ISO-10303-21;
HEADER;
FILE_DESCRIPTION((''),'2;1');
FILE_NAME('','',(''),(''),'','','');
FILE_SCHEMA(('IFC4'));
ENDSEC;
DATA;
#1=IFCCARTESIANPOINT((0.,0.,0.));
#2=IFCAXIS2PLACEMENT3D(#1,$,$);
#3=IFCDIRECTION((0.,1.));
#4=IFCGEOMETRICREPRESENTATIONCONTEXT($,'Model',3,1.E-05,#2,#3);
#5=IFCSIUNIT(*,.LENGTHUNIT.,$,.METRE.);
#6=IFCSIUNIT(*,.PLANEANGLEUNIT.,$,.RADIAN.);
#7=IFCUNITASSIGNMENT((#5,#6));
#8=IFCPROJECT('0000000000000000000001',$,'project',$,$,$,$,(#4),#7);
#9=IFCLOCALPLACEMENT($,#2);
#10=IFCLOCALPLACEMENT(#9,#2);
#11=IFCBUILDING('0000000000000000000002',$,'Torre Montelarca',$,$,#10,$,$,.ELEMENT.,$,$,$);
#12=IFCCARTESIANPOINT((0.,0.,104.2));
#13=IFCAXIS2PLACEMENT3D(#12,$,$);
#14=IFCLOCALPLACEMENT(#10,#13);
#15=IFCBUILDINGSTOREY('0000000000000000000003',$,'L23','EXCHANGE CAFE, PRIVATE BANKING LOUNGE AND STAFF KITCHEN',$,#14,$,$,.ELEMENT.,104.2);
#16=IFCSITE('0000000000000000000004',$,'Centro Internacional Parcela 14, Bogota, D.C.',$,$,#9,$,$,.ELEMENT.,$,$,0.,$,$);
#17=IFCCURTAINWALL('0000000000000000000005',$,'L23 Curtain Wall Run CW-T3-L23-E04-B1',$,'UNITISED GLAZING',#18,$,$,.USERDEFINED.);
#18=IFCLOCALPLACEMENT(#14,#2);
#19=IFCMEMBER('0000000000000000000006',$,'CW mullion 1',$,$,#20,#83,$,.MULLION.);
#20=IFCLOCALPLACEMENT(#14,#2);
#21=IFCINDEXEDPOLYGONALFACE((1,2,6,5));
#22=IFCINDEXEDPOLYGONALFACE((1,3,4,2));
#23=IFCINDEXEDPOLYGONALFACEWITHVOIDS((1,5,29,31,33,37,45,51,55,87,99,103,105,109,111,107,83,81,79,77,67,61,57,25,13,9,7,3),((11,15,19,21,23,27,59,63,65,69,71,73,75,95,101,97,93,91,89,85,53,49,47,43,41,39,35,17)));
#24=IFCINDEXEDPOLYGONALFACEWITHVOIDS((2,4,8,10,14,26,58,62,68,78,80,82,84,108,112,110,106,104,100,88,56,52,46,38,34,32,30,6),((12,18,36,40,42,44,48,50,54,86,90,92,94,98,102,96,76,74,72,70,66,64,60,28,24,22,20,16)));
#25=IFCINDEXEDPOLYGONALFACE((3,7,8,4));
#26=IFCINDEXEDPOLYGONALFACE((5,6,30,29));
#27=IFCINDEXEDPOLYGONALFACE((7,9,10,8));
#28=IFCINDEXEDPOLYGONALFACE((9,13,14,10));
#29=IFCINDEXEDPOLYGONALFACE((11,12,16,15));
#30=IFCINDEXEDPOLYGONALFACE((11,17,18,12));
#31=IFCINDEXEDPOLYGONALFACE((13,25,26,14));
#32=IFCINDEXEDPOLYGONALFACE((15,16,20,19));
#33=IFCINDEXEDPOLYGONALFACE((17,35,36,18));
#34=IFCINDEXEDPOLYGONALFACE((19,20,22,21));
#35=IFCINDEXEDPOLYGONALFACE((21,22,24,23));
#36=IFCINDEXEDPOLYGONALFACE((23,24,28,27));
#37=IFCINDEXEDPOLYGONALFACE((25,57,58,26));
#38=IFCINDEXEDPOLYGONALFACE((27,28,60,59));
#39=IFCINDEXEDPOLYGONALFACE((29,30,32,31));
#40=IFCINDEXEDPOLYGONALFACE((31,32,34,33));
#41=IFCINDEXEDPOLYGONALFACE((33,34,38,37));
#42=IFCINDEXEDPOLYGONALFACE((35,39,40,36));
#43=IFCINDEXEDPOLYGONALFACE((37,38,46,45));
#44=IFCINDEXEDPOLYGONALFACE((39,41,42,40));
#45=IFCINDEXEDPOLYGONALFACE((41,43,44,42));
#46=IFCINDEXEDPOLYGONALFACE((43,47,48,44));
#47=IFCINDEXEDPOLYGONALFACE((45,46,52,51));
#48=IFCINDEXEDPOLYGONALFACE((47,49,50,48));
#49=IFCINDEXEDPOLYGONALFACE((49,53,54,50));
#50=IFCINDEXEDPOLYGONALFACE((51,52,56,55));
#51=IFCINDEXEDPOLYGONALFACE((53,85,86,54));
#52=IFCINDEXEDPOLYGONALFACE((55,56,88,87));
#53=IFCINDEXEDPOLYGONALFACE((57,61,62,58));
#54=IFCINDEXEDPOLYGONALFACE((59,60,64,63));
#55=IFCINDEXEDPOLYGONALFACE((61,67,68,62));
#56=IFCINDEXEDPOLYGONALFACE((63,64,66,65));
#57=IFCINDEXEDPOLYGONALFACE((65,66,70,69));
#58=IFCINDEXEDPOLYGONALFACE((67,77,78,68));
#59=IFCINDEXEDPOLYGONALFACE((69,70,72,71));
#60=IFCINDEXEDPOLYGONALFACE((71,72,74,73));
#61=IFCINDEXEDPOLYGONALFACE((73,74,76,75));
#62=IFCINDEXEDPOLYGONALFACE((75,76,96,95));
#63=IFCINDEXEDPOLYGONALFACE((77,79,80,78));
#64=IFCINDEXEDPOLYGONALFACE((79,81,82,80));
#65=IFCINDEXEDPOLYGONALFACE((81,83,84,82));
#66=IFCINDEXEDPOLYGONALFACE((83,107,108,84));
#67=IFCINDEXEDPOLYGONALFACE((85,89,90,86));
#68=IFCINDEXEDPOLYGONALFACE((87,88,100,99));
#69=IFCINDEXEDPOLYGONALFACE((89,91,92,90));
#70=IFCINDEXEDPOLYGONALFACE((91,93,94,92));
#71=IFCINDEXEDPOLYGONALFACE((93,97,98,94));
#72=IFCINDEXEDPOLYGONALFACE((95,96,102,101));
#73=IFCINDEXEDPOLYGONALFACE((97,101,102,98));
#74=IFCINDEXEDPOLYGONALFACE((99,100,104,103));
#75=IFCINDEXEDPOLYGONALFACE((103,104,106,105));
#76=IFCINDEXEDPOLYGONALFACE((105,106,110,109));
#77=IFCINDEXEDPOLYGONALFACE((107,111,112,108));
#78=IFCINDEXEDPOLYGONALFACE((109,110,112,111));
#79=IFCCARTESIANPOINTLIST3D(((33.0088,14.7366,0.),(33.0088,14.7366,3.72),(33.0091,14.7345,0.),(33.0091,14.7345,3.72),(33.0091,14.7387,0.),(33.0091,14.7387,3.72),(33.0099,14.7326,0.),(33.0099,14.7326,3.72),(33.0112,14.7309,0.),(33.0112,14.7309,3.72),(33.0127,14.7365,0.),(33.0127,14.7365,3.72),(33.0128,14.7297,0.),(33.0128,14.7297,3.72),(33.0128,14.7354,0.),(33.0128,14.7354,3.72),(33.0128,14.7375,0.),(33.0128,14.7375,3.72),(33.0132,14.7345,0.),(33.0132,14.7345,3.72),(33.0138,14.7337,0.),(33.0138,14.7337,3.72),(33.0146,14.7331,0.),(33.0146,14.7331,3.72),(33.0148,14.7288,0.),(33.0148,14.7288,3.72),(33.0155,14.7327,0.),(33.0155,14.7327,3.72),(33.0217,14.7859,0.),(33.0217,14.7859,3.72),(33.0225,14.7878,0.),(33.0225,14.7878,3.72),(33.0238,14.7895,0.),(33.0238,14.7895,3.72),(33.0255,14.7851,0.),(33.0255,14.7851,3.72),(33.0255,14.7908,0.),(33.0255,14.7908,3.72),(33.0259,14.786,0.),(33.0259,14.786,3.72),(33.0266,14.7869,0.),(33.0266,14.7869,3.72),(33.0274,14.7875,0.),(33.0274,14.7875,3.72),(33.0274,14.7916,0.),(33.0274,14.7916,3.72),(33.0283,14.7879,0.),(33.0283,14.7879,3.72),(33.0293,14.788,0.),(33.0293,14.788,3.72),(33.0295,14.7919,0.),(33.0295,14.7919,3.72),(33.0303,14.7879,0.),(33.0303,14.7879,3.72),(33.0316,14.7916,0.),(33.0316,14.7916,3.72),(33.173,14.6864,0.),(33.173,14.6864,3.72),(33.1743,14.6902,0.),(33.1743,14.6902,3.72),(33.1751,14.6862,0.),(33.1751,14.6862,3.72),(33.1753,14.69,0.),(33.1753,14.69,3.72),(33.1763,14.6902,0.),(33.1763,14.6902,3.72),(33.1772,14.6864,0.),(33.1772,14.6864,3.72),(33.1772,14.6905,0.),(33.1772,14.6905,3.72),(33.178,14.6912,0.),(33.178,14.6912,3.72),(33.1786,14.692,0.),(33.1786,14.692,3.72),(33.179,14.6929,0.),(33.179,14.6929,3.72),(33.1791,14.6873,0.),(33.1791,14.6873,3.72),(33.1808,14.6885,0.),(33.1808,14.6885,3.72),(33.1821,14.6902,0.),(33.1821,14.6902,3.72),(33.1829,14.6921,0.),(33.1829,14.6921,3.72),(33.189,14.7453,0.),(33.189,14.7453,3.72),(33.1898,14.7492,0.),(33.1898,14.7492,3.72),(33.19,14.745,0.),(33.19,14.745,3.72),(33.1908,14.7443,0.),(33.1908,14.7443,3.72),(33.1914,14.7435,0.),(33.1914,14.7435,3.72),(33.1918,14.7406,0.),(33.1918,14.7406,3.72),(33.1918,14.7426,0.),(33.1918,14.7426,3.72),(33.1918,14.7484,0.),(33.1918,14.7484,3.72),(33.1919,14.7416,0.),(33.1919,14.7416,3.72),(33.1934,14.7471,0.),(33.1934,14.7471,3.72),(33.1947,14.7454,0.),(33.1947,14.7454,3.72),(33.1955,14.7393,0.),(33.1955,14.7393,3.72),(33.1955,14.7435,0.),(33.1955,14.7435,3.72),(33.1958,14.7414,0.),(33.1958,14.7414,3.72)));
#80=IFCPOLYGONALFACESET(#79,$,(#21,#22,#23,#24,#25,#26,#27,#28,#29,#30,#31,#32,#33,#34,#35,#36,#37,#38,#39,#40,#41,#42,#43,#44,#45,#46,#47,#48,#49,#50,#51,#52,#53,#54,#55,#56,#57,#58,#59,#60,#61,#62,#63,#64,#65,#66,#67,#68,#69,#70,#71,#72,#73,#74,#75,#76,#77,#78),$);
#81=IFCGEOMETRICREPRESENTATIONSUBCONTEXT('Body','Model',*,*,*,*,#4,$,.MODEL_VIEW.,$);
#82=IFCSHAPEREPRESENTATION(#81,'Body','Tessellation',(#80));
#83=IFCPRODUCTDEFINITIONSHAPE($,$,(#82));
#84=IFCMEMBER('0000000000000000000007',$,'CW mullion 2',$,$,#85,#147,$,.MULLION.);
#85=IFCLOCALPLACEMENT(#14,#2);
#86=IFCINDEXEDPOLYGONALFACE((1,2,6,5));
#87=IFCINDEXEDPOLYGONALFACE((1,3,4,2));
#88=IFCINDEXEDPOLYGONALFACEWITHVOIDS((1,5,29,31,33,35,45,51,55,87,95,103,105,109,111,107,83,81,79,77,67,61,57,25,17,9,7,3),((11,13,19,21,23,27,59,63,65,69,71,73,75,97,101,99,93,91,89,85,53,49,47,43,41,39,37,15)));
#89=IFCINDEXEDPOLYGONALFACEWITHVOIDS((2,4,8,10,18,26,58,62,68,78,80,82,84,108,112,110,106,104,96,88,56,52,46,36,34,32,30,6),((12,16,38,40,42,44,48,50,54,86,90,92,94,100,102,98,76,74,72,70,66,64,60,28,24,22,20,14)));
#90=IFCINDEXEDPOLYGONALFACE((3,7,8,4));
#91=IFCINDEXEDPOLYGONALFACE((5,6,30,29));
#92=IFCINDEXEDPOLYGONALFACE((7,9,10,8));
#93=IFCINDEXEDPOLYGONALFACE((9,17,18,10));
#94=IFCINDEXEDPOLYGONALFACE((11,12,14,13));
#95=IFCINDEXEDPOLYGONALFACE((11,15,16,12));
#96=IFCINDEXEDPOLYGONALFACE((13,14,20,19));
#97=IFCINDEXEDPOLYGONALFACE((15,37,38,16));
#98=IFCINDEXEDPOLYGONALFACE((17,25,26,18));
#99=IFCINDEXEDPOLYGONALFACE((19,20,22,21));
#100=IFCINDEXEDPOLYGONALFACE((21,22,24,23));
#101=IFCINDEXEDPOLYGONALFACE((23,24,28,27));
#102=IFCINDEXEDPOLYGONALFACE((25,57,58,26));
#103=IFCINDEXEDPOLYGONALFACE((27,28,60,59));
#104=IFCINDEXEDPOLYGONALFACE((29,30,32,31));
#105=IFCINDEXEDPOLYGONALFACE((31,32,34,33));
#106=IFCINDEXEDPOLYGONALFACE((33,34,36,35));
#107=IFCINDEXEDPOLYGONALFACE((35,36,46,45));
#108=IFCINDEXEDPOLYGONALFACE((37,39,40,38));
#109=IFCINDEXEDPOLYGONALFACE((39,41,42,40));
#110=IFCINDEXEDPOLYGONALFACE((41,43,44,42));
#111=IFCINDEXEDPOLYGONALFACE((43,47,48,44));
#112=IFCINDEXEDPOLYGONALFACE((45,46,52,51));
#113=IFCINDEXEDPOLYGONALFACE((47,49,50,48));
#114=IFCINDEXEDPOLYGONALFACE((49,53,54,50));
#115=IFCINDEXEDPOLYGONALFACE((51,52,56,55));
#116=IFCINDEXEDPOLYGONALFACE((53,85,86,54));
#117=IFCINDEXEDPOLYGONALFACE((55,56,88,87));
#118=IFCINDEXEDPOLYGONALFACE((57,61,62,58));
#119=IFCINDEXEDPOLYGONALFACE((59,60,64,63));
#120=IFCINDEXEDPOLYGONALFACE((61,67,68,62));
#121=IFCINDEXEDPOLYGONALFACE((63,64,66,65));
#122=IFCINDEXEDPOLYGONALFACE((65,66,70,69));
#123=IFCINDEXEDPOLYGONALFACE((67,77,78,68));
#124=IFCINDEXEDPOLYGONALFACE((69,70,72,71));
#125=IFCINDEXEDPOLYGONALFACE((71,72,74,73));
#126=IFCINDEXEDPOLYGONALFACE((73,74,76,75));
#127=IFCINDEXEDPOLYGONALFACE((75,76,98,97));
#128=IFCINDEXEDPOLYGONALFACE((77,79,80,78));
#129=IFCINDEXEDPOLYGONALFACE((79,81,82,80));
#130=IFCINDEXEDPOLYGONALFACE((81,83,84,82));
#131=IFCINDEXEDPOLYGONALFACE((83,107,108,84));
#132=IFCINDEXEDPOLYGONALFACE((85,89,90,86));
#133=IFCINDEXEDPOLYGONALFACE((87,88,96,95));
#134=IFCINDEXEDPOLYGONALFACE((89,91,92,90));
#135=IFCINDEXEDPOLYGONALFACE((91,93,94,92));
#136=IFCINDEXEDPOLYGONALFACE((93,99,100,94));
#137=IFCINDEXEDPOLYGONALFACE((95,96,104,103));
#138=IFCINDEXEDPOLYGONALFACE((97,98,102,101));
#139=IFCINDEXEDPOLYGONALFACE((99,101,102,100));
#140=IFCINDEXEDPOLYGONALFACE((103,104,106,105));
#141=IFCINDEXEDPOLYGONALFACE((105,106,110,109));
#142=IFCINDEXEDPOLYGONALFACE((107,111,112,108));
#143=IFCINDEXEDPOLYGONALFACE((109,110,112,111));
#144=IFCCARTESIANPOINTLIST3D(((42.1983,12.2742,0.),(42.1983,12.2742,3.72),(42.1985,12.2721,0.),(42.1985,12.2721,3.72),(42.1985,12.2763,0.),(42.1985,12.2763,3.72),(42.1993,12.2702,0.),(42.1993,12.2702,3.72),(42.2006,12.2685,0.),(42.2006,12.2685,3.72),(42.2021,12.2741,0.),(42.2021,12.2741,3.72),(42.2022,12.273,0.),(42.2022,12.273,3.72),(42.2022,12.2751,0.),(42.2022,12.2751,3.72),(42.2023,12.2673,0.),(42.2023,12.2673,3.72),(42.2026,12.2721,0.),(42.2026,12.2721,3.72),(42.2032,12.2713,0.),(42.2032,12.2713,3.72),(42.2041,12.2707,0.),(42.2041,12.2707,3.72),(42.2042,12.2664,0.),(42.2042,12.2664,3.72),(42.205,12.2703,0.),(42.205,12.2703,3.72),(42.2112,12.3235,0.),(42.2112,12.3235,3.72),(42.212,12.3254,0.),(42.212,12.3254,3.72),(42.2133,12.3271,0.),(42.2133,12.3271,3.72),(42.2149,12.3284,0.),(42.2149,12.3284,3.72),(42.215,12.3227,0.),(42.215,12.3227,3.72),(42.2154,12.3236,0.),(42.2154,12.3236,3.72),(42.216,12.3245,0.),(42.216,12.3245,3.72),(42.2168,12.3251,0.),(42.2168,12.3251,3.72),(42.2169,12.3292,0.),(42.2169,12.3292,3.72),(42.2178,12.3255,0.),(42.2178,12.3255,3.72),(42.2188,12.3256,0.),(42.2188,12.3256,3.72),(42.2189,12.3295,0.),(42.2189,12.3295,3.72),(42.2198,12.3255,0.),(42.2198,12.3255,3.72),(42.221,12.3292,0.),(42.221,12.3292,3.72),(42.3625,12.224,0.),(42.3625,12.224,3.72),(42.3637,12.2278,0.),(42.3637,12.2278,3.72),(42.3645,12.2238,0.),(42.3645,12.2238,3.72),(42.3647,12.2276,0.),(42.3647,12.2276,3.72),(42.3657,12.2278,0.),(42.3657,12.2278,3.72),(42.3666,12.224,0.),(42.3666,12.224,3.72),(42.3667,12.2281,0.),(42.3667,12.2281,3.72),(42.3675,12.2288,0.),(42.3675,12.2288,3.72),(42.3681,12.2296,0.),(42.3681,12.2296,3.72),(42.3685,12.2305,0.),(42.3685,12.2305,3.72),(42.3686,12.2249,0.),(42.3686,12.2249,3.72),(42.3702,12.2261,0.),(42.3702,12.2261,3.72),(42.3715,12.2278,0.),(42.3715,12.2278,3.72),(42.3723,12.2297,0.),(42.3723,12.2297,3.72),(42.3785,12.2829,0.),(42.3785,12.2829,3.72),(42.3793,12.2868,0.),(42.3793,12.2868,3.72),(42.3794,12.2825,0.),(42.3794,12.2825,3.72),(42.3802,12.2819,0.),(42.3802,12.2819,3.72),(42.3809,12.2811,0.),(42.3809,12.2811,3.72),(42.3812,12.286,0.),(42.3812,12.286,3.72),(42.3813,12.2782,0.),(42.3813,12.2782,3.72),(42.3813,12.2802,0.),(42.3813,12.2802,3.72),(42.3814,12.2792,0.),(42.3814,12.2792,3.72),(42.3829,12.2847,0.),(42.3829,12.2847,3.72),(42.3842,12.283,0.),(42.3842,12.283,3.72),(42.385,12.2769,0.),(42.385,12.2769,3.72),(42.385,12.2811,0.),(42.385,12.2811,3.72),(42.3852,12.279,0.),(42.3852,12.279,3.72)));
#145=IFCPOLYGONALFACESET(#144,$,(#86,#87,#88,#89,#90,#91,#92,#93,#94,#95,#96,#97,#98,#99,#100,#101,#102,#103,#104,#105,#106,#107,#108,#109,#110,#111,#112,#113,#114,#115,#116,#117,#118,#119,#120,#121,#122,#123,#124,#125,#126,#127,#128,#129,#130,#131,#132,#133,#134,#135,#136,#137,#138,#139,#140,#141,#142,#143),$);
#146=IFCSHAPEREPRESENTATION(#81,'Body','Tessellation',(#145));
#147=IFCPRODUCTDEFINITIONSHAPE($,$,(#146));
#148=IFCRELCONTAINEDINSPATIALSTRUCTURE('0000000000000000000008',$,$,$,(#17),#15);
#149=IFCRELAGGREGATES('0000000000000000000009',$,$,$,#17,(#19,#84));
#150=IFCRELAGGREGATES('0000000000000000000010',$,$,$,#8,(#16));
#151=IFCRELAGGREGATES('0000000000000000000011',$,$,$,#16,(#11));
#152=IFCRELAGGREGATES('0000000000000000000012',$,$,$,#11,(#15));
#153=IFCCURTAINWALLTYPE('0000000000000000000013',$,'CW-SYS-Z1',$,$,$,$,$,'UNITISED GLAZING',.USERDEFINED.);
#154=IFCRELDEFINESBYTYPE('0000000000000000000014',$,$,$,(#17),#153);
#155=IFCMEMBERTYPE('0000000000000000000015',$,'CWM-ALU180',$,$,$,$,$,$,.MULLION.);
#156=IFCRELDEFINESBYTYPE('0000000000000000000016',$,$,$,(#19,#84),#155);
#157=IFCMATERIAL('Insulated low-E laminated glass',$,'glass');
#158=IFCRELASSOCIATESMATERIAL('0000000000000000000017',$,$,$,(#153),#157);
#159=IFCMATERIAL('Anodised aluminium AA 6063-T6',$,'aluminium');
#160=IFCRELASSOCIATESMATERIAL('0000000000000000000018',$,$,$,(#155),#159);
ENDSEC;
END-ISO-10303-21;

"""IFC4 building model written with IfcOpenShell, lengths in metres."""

from ifc_helpers import new_model, si_unit, direction, frame, origin, origin_2d, place, context, subcontext, project, spatial, hollow_rectangle, extrude, source, transform, mapped, material, material_profile, profile_set, type_object, element, aggregate, save


model = new_model("IFC4")

# Units and contexts
model_context = context("Model", 3, precision=1e-05, world=origin(), true_north=direction((0.0, 1.0)))
body_context = subcontext(model_context, "Body", "Model", "MODEL_VIEW")
ifc_project = project(units=[si_unit("LENGTHUNIT", "METRE"), si_unit("PLANEANGLEUNIT", "RADIAN")], contexts=[model_context])

# Site, building, storey
site_placement = place(None, origin())
site = spatial("IfcSite", under=ifc_project, at=site_placement, Name="Centro Internacional Parcela 14, Bogota, D.C.", CompositionType="ELEMENT", RefElevation=0.0)
building_placement = place(site_placement, origin())
building = spatial("IfcBuilding", under=site, at=building_placement, Name="Torre Montelarca", CompositionType="ELEMENT")
storey_placement = place(building_placement, frame((0.0, 0.0, 104.2)))
storey = spatial("IfcBuildingStorey", under=building, at=storey_placement, Name="L23", Description="EXCHANGE CAFE, PRIVATE BANKING LOUNGE AND STAFF KITCHEN", CompositionType="ELEMENT", Elevation=104.2)

# Curtain wall
ifc_material_1 = material(Name="Insulated low-E laminated glass", Category="glass")
curtain_wall_type = type_object("IfcCurtainWallType", Name="CW-SYS-Z1", ElementType="UNITISED GLAZING", PredefinedType="USERDEFINED", material=ifc_material_1)
ifc_material_2 = material(Name="Anodised aluminium AA 6063-T6", Category="aluminium")
curtain_wall_1_placement = place(storey_placement, origin())
curtain_wall_1 = element("IfcCurtainWall", 1, at=curtain_wall_1_placement, inside=storey, type_object=curtain_wall_type, Name="L23 Curtain Wall Run CW-T3-L23-E04-B1", ObjectType="UNITISED GLAZING", PredefinedType="USERDEFINED")

# Members
ifc_material_profile_1 = material_profile(ifc_material_2, hollow_rectangle(XDim=0.0649, YDim=0.1799, WallThickness=0.0039, InnerFilletRadius=0.0039, OuterFilletRadius=0.0081, at=origin_2d()), Name="ALU65X180X4", Category="aluminium")
ifc_profile_set_1 = profile_set([ifc_material_profile_1], Name="Anodised aluminium AA 6063-T6")
member_type_1 = type_object("IfcMemberType", Name="CWM-ALU180", PredefinedType="MULLION", material=ifc_profile_set_1)
shared_shape_1 = source(origin(), body_context, "Body", "SweptSolid", [
    extrude(hollow_rectangle(XDim=0.0649, YDim=0.1799, WallThickness=0.0039, InnerFilletRadius=0.0039, OuterFilletRadius=0.0081, at=origin_2d()), origin(), (0.0, 0.0, 1.0), 3.72),
])
member_1_placement = place(storey_placement, frame((33.1023, 14.739, 0.0), z_axis=(0.0, 0.0, 1.0), x_axis=(0.258823, 0.965925, 0.0)))
member_1 = element("IfcMember", 2, at=member_1_placement, type_object=member_type_1, Name="CW mullion 1", PredefinedType="MULLION", context=body_context, shape_type="MappedRepresentation", body=[
    mapped(shared_shape_1, transform((0.0, 0.0, 0.0), scale=1.0)),
])
member_2_placement = place(storey_placement, frame((42.2917, 12.2766, 0.0), z_axis=(0.0, 0.0, 1.0), x_axis=(0.258823, 0.965925, 0.0)))
member_2 = element("IfcMember", 3, at=member_2_placement, type_object=member_type_1, Name="CW mullion 2", PredefinedType="MULLION", context=body_context, shape_type="MappedRepresentation", body=[
    mapped(shared_shape_1, transform((0.0, 0.0, 0.0), scale=1.0)),
])

aggregate(curtain_wall_1, [member_1, member_2])

save(model, "model.ifc")
